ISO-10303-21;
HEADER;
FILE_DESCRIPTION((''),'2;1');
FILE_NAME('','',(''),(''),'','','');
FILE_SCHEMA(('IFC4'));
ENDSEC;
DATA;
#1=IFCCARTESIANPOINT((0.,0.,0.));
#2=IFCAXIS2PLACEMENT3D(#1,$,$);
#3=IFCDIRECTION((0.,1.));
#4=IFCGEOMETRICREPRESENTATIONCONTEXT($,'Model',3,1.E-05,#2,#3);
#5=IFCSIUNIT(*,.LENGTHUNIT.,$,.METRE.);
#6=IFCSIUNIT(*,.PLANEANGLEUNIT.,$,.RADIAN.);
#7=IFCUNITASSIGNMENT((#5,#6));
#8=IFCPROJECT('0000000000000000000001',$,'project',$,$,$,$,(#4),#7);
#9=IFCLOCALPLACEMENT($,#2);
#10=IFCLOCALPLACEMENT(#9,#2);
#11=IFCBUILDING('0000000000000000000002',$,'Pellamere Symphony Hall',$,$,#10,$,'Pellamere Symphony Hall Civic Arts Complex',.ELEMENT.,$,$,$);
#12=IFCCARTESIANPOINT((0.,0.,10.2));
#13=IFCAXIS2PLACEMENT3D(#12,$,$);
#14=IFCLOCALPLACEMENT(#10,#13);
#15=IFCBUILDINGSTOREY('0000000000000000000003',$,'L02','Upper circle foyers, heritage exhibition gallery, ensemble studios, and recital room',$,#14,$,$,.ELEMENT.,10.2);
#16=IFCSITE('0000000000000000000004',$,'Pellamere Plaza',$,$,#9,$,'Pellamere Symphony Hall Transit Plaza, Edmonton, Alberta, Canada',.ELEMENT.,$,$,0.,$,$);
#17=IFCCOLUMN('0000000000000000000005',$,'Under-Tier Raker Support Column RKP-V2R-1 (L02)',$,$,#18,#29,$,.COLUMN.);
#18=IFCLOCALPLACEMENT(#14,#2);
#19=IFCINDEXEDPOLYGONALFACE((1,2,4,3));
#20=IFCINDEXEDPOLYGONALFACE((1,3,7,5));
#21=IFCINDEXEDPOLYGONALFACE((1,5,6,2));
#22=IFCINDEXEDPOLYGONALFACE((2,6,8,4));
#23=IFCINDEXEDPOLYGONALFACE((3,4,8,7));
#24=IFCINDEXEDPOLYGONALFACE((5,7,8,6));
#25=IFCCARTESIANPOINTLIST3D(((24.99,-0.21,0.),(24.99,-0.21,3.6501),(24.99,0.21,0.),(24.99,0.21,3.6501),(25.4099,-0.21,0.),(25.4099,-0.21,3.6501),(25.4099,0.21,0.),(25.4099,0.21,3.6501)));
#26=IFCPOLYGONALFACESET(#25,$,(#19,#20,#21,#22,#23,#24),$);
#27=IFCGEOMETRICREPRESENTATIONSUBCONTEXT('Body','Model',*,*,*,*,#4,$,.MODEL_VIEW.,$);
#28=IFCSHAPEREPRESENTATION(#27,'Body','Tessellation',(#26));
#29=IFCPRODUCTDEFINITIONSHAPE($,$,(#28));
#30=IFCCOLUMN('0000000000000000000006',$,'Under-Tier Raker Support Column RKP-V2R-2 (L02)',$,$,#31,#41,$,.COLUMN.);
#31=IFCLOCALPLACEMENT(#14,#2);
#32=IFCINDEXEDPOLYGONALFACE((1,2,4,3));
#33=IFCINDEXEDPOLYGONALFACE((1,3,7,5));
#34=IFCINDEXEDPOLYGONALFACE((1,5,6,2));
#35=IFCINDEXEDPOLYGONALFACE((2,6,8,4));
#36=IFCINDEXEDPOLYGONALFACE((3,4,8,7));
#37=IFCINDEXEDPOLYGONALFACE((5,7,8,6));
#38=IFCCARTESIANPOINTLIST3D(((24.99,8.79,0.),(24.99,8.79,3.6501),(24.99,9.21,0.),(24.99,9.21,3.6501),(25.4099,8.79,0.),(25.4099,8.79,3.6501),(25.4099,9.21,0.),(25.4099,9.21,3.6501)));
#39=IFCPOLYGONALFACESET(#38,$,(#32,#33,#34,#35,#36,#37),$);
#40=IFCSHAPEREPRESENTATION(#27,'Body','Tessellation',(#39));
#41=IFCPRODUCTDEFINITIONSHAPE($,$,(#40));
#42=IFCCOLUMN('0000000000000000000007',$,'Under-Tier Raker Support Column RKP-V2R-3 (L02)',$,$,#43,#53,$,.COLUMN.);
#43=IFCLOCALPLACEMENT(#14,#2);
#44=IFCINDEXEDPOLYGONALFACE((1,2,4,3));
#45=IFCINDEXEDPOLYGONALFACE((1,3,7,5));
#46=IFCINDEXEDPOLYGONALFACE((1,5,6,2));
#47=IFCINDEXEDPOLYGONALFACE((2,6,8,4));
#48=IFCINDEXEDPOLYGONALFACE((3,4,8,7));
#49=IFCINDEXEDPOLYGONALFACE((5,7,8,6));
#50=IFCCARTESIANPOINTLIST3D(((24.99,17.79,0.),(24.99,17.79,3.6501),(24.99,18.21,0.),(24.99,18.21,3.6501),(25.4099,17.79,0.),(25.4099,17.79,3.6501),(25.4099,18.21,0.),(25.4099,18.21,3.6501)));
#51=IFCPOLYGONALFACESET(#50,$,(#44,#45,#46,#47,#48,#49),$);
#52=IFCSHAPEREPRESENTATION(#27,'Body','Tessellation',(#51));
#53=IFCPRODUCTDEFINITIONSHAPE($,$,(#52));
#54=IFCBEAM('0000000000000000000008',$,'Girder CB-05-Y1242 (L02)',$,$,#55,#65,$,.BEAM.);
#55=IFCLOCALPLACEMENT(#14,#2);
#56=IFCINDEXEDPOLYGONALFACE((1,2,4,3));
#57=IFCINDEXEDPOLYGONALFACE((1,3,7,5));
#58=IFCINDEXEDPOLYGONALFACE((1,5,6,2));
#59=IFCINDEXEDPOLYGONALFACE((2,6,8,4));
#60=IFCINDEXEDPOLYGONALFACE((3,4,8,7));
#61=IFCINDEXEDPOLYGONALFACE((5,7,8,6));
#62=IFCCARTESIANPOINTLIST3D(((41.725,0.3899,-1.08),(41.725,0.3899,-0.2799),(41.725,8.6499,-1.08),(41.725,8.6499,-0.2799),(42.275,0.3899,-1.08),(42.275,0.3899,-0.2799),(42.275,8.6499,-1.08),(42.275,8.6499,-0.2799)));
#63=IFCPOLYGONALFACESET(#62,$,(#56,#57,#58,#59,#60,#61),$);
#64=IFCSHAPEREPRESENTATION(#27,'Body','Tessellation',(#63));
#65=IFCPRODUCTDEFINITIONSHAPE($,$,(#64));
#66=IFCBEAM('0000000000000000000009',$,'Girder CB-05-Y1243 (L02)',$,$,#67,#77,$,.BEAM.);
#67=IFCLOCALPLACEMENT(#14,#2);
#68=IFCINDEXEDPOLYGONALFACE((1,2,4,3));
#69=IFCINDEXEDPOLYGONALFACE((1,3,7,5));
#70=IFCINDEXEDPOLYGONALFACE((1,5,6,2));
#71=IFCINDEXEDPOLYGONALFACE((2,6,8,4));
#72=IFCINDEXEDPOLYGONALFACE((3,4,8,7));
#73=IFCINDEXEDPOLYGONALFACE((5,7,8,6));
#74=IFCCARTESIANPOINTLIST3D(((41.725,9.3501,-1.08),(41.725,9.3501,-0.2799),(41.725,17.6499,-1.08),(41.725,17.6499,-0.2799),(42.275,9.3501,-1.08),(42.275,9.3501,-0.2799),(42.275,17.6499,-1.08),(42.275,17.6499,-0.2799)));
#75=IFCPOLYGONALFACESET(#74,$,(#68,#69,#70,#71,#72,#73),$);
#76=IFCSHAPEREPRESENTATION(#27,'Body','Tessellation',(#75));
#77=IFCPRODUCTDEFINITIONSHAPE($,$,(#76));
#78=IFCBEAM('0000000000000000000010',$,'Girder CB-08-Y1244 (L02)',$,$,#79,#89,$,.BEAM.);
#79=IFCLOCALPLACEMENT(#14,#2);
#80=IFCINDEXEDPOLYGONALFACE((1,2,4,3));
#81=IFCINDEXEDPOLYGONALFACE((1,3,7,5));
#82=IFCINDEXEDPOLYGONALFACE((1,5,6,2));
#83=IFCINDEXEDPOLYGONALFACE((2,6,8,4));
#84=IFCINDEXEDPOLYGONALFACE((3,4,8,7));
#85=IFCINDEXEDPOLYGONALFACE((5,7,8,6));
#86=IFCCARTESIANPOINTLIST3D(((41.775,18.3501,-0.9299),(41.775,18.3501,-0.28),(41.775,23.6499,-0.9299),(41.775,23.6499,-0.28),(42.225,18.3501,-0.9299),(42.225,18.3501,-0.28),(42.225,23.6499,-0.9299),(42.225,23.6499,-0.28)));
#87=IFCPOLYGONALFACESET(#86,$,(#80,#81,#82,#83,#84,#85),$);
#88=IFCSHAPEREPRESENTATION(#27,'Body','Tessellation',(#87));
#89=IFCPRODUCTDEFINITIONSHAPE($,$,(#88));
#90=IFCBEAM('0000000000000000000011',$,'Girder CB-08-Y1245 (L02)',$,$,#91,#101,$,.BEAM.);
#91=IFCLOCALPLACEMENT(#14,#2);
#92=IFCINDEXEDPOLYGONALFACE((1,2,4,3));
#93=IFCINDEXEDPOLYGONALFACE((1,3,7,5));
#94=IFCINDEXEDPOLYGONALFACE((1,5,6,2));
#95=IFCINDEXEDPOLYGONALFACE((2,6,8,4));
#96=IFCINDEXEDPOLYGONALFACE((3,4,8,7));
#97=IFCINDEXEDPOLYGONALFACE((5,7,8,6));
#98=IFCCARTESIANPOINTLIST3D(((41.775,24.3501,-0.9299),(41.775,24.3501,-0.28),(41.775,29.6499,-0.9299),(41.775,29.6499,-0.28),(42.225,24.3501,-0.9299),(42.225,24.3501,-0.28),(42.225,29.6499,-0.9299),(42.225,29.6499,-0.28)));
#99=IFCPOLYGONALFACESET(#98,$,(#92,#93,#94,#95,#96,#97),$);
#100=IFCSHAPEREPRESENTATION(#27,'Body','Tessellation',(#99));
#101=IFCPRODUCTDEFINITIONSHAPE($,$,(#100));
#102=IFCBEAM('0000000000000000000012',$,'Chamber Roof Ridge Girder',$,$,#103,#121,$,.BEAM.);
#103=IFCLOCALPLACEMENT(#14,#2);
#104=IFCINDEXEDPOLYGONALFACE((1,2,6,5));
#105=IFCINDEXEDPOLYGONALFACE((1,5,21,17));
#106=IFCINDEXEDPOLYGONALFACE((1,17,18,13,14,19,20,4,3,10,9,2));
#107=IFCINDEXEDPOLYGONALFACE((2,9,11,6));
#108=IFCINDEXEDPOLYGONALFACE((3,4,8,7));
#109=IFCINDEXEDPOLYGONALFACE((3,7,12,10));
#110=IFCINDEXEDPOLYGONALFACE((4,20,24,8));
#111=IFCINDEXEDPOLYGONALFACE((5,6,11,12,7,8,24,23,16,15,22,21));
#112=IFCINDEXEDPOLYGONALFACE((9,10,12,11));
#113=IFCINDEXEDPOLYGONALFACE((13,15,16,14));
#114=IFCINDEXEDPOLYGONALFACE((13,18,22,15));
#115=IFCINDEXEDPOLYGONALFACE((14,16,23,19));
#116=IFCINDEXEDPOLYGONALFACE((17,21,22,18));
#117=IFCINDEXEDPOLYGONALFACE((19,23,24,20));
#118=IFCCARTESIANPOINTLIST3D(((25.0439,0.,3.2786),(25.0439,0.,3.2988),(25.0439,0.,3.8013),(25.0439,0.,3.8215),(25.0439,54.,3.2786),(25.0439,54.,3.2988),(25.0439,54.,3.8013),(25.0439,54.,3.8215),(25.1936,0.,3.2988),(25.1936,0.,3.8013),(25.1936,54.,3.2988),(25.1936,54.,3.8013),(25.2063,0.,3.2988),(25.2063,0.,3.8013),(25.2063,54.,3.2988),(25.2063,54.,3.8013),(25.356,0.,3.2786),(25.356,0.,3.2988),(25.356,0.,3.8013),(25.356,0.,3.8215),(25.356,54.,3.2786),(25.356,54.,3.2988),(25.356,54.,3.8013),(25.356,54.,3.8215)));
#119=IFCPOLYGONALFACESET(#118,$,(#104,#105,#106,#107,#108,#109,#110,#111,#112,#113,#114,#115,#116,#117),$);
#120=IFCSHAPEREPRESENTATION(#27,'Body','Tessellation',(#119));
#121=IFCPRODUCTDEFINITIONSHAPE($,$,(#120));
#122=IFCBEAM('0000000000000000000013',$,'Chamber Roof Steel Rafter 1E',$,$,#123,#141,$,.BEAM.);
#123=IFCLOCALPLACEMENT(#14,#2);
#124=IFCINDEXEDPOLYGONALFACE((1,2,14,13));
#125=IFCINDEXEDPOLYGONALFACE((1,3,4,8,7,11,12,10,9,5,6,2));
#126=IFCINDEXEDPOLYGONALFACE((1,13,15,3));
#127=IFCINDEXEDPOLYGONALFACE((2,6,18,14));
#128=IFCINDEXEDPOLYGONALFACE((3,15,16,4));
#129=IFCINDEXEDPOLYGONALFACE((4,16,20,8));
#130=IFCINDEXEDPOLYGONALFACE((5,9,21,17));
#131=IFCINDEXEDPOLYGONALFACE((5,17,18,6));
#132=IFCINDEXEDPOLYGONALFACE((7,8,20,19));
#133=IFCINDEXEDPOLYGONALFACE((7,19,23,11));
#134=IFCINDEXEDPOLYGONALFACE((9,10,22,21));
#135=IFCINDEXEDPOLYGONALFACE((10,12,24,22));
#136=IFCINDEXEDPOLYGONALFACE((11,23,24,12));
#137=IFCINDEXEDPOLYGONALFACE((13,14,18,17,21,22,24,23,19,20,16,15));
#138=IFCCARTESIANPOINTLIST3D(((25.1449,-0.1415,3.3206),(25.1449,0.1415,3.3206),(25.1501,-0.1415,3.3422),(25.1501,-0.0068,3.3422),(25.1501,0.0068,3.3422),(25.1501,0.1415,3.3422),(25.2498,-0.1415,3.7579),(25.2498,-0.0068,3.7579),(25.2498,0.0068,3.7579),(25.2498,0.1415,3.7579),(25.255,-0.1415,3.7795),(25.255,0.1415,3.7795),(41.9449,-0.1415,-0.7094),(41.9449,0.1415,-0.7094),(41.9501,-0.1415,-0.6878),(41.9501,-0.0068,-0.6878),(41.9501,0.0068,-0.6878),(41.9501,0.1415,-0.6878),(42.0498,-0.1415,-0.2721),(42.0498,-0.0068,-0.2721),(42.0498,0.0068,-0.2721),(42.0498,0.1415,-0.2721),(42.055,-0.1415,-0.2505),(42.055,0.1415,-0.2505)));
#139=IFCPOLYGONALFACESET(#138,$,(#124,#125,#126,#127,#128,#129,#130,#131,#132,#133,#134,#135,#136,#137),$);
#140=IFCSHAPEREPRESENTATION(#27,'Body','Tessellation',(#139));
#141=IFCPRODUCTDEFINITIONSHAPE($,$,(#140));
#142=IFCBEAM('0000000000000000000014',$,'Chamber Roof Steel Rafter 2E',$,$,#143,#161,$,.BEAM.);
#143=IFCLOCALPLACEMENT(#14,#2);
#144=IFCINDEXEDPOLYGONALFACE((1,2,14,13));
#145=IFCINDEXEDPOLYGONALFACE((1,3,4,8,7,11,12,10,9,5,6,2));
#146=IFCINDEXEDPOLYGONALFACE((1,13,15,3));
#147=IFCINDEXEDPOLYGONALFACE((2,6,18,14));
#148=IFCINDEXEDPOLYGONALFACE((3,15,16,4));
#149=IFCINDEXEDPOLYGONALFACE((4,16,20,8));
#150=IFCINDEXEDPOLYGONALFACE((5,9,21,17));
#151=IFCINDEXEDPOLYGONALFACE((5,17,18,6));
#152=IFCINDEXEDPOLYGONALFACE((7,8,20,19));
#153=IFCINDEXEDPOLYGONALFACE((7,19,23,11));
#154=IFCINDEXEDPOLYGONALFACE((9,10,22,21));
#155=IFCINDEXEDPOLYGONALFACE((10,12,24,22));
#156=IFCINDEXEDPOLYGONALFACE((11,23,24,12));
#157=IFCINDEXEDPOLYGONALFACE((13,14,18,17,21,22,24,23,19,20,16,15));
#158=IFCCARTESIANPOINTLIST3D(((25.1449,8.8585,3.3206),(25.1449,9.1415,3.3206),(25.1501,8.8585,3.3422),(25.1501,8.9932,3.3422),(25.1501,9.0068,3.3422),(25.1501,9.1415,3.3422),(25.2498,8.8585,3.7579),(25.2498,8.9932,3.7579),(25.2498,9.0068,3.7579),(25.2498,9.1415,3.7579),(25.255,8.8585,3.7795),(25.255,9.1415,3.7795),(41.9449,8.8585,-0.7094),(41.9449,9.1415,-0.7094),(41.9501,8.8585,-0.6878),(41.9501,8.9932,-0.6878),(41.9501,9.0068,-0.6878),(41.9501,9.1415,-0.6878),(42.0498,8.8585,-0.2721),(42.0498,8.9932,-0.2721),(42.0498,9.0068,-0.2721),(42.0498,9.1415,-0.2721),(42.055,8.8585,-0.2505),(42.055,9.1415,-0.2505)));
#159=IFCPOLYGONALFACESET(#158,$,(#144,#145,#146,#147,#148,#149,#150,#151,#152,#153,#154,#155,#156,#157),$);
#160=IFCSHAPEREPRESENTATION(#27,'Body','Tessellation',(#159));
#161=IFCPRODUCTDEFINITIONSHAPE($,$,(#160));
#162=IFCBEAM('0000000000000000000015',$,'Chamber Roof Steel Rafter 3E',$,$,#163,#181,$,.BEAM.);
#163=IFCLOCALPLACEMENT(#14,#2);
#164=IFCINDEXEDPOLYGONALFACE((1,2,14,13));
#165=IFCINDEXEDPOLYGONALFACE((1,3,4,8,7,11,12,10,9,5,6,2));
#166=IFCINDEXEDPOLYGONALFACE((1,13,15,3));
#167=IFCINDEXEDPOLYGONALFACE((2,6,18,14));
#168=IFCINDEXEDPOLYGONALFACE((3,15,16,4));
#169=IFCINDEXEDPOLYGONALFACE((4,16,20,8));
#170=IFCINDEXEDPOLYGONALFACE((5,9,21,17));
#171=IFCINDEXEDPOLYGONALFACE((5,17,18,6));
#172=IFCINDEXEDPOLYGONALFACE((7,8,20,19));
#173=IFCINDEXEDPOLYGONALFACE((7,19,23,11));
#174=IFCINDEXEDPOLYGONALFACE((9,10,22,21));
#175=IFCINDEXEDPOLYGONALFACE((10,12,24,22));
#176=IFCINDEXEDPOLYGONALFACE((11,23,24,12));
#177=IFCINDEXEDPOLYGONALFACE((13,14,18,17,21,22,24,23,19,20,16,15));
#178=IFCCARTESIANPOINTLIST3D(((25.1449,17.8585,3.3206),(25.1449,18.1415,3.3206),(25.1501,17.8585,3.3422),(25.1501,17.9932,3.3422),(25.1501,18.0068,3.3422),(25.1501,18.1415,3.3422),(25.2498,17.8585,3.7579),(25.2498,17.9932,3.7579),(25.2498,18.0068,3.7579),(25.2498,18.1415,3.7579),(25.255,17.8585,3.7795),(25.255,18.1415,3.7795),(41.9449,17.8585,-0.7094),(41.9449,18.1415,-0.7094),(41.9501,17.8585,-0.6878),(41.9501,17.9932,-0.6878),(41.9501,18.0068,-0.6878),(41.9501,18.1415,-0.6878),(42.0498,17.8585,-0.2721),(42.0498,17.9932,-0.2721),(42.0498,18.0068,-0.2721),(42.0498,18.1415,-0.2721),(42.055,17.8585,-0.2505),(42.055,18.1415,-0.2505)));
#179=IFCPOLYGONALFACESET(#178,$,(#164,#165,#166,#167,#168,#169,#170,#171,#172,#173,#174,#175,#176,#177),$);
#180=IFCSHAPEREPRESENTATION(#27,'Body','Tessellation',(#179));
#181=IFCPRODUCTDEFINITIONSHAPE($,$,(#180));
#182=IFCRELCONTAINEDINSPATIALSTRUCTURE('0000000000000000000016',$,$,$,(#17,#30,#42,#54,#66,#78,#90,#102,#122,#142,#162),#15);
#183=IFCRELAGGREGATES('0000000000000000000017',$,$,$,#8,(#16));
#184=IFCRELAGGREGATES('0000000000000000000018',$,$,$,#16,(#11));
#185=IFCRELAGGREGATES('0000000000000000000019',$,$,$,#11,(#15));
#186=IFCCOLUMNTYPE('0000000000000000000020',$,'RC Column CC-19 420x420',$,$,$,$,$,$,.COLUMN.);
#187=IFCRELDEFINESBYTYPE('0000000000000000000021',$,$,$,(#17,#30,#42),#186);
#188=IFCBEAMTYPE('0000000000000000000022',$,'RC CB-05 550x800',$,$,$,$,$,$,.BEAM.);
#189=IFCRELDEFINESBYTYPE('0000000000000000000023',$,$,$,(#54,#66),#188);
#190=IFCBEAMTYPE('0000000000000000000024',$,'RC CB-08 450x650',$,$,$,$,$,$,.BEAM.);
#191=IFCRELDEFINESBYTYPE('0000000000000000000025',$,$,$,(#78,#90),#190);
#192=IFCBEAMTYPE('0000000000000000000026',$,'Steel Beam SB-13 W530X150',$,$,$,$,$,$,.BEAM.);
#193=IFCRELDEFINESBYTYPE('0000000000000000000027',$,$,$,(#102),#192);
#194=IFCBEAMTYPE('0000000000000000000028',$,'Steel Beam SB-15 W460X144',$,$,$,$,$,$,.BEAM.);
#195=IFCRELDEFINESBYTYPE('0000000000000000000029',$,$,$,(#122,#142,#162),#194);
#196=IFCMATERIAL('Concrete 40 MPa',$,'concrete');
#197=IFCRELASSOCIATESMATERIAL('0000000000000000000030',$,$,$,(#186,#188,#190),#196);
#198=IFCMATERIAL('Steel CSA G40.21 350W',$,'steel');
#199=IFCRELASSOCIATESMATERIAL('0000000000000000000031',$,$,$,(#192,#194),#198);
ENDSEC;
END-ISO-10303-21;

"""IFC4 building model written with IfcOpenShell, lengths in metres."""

from ifc_helpers import new_model, si_unit, direction, frame, origin, origin_2d, place, context, subcontext, project, spatial, rectangle, i_section, extrude, material, material_profile, profile_set, type_object, element, save


model = new_model("IFC4")

# Units and contexts
model_context = context("Model", 3, precision=1e-05, world=origin(), true_north=direction((0.0, 1.0)))
body_context = subcontext(model_context, "Body", "Model", "MODEL_VIEW")
ifc_project = project(units=[si_unit("LENGTHUNIT", "METRE"), si_unit("PLANEANGLEUNIT", "RADIAN")], contexts=[model_context])

# Site, building, storey
site_placement = place(None, origin())
site = spatial("IfcSite", under=ifc_project, at=site_placement, Name="Pellamere Plaza", LongName="Pellamere Symphony Hall Transit Plaza, Edmonton, Alberta, Canada", CompositionType="ELEMENT", RefElevation=0.0)
building_placement = place(site_placement, origin())
building = spatial("IfcBuilding", under=site, at=building_placement, Name="Pellamere Symphony Hall", LongName="Pellamere Symphony Hall Civic Arts Complex", CompositionType="ELEMENT")
storey_placement = place(building_placement, frame((0.0, 0.0, 10.2)))
storey = spatial("IfcBuildingStorey", under=building, at=storey_placement, Name="L02", Description="Upper circle foyers, heritage exhibition gallery, ensemble studios, and recital room", CompositionType="ELEMENT", Elevation=10.2)

# Columns
ifc_material_1 = material(Name="Concrete 40 MPa", Category="concrete")
ifc_material_profile_1 = material_profile(ifc_material_1, rectangle(XDim=0.4199, YDim=0.4199, at=origin_2d()), Name="RC 420x420")
ifc_profile_set_1 = profile_set([ifc_material_profile_1], Name="Concrete 40 MPa")
column_type = type_object("IfcColumnType", Name="RC Column CC-19 420x420", PredefinedType="COLUMN", material=ifc_profile_set_1)
for number, where, z_axis, x_axis, name in (
    (1, (25.2, 0.0, 0.0), (0.0, 0.0, 1.0), (1.0, 0.0, 0.0), "Under-Tier Raker Support Column RKP-V2R-1 (L02)"),
    (2, (25.2, 9.0, 0.0), (0.0, 0.0, 1.0), (1.0, 0.0, 0.0), "Under-Tier Raker Support Column RKP-V2R-2 (L02)"),
    (3, (25.2, 18.0, 0.0), (0.0, 0.0, 1.0), (1.0, 0.0, 0.0), "Under-Tier Raker Support Column RKP-V2R-3 (L02)"),
):
    element("IfcColumn", number, at=place(storey_placement, frame(where, z_axis=z_axis, x_axis=x_axis)), inside=storey, type_object=column_type, Name=name, PredefinedType="COLUMN", context=body_context, shape_type="SweptSolid", body=[
        extrude(rectangle(XDim=0.4199, YDim=0.4199, at=origin_2d()), origin(), (0.0, 0.0, 1.0), 3.6501),
    ])

# Beams
ifc_material_profile_2 = material_profile(ifc_material_1, rectangle(XDim=0.55, YDim=0.8, at=origin_2d()), Name="RC 550x800")
ifc_profile_set_2 = profile_set([ifc_material_profile_2], Name="Concrete 40 MPa")
beam_type_1 = type_object("IfcBeamType", Name="RC CB-05 550x800", PredefinedType="BEAM", material=ifc_profile_set_2)
beam_1_placement = place(storey_placement, frame((42.0, 0.3899, -0.6799), z_axis=(0.0, 1.0, 0.0), x_axis=(-1.0, 0.0, 0.0)))
element("IfcBeam", 4, at=beam_1_placement, inside=storey, type_object=beam_type_1, Name="Girder CB-05-Y1242 (L02)", PredefinedType="BEAM", context=body_context, shape_type="SweptSolid", body=[
    extrude(rectangle(XDim=0.55, YDim=0.8, at=origin_2d()), origin(), (0.0, 0.0, 1.0), 8.26),
])
beam_2_placement = place(storey_placement, frame((42.0, 9.3501, -0.6799), z_axis=(0.0, 1.0, 0.0), x_axis=(-1.0, 0.0, 0.0)))
element("IfcBeam", 5, at=beam_2_placement, inside=storey, type_object=beam_type_1, Name="Girder CB-05-Y1243 (L02)", PredefinedType="BEAM", context=body_context, shape_type="SweptSolid", body=[
    extrude(rectangle(XDim=0.55, YDim=0.8, at=origin_2d()), origin(), (0.0, 0.0, 1.0), 8.2998),
])
ifc_material_profile_3 = material_profile(ifc_material_1, rectangle(XDim=0.45, YDim=0.6499, at=origin_2d()), Name="RC 450x650")
ifc_profile_set_3 = profile_set([ifc_material_profile_3], Name="Concrete 40 MPa")
beam_type_2 = type_object("IfcBeamType", Name="RC CB-08 450x650", PredefinedType="BEAM", material=ifc_profile_set_3)
for number, where, z_axis, x_axis, name in (
    (6, (42.0, 18.3501, -0.605), (0.0, 1.0, 0.0), (-1.0, 0.0, 0.0), "Girder CB-08-Y1244 (L02)"),
    (7, (42.0, 24.3501, -0.605), (0.0, 1.0, 0.0), (-1.0, 0.0, 0.0), "Girder CB-08-Y1245 (L02)"),
):
    element("IfcBeam", number, at=place(storey_placement, frame(where, z_axis=z_axis, x_axis=x_axis)), inside=storey, type_object=beam_type_2, Name=name, PredefinedType="BEAM", context=body_context, shape_type="SweptSolid", body=[
        extrude(rectangle(XDim=0.45, YDim=0.6499, at=origin_2d()), origin(), (0.0, 0.0, 1.0), 5.2998),
    ])
ifc_material_2 = material(Name="Steel CSA G40.21 350W", Category="steel")
ifc_material_profile_4 = material_profile(ifc_material_2, i_section(OverallWidth=0.312, OverallDepth=0.543, WebThickness=0.0127, FlangeThickness=0.0203, at=origin_2d()), Name="W530X150")
ifc_profile_set_4 = profile_set([ifc_material_profile_4], Name="Steel CSA G40.21 350W")
beam_type_3 = type_object("IfcBeamType", Name="Steel Beam SB-13 W530X150", PredefinedType="BEAM", material=ifc_profile_set_4)
beam_3_placement = place(storey_placement, frame((25.2, 0.0, 3.55), z_axis=(0.0, 1.0, 0.0), x_axis=(-1.0, 0.0, 0.0)))
element("IfcBeam", 8, at=beam_3_placement, inside=storey, type_object=beam_type_3, Name="Chamber Roof Ridge Girder", PredefinedType="BEAM", context=body_context, shape_type="SweptSolid", body=[
    extrude(i_section(OverallWidth=0.312, OverallDepth=0.543, WebThickness=0.0127, FlangeThickness=0.0203, at=origin_2d()), origin(), (0.0, 0.0, 1.0), 54.0),
])
ifc_material_profile_5 = material_profile(ifc_material_2, i_section(OverallWidth=0.283, OverallDepth=0.4719, WebThickness=0.0137, FlangeThickness=0.0222, at=origin_2d()), Name="W460X144")
ifc_profile_set_5 = profile_set([ifc_material_profile_5], Name="Steel CSA G40.21 350W")
beam_type_4 = type_object("IfcBeamType", Name="Steel Beam SB-15 W460X144", PredefinedType="BEAM", material=ifc_profile_set_5)
for number, where, z_axis, x_axis, name in (
    (9, (25.2, 0.0, 3.55), (0.972413, 0.0, -0.233264), (0.0, 1.0, 0.0), "Chamber Roof Steel Rafter 1E"),
    (10, (25.2, 9.0, 3.55), (0.972413, 0.0, -0.233264), (0.0, 1.0, 0.0), "Chamber Roof Steel Rafter 2E"),
    (11, (25.2, 18.0, 3.55), (0.972413, 0.0, -0.233264), (0.0, 1.0, 0.0), "Chamber Roof Steel Rafter 3E"),
):
    element("IfcBeam", number, at=place(storey_placement, frame(where, z_axis=z_axis, x_axis=x_axis)), inside=storey, type_object=beam_type_4, Name=name, PredefinedType="BEAM", context=body_context, shape_type="SweptSolid", body=[
        extrude(i_section(OverallWidth=0.283, OverallDepth=0.4719, WebThickness=0.0137, FlangeThickness=0.0222, at=origin_2d()), origin(), (0.0, 0.0, 1.0), 17.2766),
    ])

save(model, "model.ifc")
